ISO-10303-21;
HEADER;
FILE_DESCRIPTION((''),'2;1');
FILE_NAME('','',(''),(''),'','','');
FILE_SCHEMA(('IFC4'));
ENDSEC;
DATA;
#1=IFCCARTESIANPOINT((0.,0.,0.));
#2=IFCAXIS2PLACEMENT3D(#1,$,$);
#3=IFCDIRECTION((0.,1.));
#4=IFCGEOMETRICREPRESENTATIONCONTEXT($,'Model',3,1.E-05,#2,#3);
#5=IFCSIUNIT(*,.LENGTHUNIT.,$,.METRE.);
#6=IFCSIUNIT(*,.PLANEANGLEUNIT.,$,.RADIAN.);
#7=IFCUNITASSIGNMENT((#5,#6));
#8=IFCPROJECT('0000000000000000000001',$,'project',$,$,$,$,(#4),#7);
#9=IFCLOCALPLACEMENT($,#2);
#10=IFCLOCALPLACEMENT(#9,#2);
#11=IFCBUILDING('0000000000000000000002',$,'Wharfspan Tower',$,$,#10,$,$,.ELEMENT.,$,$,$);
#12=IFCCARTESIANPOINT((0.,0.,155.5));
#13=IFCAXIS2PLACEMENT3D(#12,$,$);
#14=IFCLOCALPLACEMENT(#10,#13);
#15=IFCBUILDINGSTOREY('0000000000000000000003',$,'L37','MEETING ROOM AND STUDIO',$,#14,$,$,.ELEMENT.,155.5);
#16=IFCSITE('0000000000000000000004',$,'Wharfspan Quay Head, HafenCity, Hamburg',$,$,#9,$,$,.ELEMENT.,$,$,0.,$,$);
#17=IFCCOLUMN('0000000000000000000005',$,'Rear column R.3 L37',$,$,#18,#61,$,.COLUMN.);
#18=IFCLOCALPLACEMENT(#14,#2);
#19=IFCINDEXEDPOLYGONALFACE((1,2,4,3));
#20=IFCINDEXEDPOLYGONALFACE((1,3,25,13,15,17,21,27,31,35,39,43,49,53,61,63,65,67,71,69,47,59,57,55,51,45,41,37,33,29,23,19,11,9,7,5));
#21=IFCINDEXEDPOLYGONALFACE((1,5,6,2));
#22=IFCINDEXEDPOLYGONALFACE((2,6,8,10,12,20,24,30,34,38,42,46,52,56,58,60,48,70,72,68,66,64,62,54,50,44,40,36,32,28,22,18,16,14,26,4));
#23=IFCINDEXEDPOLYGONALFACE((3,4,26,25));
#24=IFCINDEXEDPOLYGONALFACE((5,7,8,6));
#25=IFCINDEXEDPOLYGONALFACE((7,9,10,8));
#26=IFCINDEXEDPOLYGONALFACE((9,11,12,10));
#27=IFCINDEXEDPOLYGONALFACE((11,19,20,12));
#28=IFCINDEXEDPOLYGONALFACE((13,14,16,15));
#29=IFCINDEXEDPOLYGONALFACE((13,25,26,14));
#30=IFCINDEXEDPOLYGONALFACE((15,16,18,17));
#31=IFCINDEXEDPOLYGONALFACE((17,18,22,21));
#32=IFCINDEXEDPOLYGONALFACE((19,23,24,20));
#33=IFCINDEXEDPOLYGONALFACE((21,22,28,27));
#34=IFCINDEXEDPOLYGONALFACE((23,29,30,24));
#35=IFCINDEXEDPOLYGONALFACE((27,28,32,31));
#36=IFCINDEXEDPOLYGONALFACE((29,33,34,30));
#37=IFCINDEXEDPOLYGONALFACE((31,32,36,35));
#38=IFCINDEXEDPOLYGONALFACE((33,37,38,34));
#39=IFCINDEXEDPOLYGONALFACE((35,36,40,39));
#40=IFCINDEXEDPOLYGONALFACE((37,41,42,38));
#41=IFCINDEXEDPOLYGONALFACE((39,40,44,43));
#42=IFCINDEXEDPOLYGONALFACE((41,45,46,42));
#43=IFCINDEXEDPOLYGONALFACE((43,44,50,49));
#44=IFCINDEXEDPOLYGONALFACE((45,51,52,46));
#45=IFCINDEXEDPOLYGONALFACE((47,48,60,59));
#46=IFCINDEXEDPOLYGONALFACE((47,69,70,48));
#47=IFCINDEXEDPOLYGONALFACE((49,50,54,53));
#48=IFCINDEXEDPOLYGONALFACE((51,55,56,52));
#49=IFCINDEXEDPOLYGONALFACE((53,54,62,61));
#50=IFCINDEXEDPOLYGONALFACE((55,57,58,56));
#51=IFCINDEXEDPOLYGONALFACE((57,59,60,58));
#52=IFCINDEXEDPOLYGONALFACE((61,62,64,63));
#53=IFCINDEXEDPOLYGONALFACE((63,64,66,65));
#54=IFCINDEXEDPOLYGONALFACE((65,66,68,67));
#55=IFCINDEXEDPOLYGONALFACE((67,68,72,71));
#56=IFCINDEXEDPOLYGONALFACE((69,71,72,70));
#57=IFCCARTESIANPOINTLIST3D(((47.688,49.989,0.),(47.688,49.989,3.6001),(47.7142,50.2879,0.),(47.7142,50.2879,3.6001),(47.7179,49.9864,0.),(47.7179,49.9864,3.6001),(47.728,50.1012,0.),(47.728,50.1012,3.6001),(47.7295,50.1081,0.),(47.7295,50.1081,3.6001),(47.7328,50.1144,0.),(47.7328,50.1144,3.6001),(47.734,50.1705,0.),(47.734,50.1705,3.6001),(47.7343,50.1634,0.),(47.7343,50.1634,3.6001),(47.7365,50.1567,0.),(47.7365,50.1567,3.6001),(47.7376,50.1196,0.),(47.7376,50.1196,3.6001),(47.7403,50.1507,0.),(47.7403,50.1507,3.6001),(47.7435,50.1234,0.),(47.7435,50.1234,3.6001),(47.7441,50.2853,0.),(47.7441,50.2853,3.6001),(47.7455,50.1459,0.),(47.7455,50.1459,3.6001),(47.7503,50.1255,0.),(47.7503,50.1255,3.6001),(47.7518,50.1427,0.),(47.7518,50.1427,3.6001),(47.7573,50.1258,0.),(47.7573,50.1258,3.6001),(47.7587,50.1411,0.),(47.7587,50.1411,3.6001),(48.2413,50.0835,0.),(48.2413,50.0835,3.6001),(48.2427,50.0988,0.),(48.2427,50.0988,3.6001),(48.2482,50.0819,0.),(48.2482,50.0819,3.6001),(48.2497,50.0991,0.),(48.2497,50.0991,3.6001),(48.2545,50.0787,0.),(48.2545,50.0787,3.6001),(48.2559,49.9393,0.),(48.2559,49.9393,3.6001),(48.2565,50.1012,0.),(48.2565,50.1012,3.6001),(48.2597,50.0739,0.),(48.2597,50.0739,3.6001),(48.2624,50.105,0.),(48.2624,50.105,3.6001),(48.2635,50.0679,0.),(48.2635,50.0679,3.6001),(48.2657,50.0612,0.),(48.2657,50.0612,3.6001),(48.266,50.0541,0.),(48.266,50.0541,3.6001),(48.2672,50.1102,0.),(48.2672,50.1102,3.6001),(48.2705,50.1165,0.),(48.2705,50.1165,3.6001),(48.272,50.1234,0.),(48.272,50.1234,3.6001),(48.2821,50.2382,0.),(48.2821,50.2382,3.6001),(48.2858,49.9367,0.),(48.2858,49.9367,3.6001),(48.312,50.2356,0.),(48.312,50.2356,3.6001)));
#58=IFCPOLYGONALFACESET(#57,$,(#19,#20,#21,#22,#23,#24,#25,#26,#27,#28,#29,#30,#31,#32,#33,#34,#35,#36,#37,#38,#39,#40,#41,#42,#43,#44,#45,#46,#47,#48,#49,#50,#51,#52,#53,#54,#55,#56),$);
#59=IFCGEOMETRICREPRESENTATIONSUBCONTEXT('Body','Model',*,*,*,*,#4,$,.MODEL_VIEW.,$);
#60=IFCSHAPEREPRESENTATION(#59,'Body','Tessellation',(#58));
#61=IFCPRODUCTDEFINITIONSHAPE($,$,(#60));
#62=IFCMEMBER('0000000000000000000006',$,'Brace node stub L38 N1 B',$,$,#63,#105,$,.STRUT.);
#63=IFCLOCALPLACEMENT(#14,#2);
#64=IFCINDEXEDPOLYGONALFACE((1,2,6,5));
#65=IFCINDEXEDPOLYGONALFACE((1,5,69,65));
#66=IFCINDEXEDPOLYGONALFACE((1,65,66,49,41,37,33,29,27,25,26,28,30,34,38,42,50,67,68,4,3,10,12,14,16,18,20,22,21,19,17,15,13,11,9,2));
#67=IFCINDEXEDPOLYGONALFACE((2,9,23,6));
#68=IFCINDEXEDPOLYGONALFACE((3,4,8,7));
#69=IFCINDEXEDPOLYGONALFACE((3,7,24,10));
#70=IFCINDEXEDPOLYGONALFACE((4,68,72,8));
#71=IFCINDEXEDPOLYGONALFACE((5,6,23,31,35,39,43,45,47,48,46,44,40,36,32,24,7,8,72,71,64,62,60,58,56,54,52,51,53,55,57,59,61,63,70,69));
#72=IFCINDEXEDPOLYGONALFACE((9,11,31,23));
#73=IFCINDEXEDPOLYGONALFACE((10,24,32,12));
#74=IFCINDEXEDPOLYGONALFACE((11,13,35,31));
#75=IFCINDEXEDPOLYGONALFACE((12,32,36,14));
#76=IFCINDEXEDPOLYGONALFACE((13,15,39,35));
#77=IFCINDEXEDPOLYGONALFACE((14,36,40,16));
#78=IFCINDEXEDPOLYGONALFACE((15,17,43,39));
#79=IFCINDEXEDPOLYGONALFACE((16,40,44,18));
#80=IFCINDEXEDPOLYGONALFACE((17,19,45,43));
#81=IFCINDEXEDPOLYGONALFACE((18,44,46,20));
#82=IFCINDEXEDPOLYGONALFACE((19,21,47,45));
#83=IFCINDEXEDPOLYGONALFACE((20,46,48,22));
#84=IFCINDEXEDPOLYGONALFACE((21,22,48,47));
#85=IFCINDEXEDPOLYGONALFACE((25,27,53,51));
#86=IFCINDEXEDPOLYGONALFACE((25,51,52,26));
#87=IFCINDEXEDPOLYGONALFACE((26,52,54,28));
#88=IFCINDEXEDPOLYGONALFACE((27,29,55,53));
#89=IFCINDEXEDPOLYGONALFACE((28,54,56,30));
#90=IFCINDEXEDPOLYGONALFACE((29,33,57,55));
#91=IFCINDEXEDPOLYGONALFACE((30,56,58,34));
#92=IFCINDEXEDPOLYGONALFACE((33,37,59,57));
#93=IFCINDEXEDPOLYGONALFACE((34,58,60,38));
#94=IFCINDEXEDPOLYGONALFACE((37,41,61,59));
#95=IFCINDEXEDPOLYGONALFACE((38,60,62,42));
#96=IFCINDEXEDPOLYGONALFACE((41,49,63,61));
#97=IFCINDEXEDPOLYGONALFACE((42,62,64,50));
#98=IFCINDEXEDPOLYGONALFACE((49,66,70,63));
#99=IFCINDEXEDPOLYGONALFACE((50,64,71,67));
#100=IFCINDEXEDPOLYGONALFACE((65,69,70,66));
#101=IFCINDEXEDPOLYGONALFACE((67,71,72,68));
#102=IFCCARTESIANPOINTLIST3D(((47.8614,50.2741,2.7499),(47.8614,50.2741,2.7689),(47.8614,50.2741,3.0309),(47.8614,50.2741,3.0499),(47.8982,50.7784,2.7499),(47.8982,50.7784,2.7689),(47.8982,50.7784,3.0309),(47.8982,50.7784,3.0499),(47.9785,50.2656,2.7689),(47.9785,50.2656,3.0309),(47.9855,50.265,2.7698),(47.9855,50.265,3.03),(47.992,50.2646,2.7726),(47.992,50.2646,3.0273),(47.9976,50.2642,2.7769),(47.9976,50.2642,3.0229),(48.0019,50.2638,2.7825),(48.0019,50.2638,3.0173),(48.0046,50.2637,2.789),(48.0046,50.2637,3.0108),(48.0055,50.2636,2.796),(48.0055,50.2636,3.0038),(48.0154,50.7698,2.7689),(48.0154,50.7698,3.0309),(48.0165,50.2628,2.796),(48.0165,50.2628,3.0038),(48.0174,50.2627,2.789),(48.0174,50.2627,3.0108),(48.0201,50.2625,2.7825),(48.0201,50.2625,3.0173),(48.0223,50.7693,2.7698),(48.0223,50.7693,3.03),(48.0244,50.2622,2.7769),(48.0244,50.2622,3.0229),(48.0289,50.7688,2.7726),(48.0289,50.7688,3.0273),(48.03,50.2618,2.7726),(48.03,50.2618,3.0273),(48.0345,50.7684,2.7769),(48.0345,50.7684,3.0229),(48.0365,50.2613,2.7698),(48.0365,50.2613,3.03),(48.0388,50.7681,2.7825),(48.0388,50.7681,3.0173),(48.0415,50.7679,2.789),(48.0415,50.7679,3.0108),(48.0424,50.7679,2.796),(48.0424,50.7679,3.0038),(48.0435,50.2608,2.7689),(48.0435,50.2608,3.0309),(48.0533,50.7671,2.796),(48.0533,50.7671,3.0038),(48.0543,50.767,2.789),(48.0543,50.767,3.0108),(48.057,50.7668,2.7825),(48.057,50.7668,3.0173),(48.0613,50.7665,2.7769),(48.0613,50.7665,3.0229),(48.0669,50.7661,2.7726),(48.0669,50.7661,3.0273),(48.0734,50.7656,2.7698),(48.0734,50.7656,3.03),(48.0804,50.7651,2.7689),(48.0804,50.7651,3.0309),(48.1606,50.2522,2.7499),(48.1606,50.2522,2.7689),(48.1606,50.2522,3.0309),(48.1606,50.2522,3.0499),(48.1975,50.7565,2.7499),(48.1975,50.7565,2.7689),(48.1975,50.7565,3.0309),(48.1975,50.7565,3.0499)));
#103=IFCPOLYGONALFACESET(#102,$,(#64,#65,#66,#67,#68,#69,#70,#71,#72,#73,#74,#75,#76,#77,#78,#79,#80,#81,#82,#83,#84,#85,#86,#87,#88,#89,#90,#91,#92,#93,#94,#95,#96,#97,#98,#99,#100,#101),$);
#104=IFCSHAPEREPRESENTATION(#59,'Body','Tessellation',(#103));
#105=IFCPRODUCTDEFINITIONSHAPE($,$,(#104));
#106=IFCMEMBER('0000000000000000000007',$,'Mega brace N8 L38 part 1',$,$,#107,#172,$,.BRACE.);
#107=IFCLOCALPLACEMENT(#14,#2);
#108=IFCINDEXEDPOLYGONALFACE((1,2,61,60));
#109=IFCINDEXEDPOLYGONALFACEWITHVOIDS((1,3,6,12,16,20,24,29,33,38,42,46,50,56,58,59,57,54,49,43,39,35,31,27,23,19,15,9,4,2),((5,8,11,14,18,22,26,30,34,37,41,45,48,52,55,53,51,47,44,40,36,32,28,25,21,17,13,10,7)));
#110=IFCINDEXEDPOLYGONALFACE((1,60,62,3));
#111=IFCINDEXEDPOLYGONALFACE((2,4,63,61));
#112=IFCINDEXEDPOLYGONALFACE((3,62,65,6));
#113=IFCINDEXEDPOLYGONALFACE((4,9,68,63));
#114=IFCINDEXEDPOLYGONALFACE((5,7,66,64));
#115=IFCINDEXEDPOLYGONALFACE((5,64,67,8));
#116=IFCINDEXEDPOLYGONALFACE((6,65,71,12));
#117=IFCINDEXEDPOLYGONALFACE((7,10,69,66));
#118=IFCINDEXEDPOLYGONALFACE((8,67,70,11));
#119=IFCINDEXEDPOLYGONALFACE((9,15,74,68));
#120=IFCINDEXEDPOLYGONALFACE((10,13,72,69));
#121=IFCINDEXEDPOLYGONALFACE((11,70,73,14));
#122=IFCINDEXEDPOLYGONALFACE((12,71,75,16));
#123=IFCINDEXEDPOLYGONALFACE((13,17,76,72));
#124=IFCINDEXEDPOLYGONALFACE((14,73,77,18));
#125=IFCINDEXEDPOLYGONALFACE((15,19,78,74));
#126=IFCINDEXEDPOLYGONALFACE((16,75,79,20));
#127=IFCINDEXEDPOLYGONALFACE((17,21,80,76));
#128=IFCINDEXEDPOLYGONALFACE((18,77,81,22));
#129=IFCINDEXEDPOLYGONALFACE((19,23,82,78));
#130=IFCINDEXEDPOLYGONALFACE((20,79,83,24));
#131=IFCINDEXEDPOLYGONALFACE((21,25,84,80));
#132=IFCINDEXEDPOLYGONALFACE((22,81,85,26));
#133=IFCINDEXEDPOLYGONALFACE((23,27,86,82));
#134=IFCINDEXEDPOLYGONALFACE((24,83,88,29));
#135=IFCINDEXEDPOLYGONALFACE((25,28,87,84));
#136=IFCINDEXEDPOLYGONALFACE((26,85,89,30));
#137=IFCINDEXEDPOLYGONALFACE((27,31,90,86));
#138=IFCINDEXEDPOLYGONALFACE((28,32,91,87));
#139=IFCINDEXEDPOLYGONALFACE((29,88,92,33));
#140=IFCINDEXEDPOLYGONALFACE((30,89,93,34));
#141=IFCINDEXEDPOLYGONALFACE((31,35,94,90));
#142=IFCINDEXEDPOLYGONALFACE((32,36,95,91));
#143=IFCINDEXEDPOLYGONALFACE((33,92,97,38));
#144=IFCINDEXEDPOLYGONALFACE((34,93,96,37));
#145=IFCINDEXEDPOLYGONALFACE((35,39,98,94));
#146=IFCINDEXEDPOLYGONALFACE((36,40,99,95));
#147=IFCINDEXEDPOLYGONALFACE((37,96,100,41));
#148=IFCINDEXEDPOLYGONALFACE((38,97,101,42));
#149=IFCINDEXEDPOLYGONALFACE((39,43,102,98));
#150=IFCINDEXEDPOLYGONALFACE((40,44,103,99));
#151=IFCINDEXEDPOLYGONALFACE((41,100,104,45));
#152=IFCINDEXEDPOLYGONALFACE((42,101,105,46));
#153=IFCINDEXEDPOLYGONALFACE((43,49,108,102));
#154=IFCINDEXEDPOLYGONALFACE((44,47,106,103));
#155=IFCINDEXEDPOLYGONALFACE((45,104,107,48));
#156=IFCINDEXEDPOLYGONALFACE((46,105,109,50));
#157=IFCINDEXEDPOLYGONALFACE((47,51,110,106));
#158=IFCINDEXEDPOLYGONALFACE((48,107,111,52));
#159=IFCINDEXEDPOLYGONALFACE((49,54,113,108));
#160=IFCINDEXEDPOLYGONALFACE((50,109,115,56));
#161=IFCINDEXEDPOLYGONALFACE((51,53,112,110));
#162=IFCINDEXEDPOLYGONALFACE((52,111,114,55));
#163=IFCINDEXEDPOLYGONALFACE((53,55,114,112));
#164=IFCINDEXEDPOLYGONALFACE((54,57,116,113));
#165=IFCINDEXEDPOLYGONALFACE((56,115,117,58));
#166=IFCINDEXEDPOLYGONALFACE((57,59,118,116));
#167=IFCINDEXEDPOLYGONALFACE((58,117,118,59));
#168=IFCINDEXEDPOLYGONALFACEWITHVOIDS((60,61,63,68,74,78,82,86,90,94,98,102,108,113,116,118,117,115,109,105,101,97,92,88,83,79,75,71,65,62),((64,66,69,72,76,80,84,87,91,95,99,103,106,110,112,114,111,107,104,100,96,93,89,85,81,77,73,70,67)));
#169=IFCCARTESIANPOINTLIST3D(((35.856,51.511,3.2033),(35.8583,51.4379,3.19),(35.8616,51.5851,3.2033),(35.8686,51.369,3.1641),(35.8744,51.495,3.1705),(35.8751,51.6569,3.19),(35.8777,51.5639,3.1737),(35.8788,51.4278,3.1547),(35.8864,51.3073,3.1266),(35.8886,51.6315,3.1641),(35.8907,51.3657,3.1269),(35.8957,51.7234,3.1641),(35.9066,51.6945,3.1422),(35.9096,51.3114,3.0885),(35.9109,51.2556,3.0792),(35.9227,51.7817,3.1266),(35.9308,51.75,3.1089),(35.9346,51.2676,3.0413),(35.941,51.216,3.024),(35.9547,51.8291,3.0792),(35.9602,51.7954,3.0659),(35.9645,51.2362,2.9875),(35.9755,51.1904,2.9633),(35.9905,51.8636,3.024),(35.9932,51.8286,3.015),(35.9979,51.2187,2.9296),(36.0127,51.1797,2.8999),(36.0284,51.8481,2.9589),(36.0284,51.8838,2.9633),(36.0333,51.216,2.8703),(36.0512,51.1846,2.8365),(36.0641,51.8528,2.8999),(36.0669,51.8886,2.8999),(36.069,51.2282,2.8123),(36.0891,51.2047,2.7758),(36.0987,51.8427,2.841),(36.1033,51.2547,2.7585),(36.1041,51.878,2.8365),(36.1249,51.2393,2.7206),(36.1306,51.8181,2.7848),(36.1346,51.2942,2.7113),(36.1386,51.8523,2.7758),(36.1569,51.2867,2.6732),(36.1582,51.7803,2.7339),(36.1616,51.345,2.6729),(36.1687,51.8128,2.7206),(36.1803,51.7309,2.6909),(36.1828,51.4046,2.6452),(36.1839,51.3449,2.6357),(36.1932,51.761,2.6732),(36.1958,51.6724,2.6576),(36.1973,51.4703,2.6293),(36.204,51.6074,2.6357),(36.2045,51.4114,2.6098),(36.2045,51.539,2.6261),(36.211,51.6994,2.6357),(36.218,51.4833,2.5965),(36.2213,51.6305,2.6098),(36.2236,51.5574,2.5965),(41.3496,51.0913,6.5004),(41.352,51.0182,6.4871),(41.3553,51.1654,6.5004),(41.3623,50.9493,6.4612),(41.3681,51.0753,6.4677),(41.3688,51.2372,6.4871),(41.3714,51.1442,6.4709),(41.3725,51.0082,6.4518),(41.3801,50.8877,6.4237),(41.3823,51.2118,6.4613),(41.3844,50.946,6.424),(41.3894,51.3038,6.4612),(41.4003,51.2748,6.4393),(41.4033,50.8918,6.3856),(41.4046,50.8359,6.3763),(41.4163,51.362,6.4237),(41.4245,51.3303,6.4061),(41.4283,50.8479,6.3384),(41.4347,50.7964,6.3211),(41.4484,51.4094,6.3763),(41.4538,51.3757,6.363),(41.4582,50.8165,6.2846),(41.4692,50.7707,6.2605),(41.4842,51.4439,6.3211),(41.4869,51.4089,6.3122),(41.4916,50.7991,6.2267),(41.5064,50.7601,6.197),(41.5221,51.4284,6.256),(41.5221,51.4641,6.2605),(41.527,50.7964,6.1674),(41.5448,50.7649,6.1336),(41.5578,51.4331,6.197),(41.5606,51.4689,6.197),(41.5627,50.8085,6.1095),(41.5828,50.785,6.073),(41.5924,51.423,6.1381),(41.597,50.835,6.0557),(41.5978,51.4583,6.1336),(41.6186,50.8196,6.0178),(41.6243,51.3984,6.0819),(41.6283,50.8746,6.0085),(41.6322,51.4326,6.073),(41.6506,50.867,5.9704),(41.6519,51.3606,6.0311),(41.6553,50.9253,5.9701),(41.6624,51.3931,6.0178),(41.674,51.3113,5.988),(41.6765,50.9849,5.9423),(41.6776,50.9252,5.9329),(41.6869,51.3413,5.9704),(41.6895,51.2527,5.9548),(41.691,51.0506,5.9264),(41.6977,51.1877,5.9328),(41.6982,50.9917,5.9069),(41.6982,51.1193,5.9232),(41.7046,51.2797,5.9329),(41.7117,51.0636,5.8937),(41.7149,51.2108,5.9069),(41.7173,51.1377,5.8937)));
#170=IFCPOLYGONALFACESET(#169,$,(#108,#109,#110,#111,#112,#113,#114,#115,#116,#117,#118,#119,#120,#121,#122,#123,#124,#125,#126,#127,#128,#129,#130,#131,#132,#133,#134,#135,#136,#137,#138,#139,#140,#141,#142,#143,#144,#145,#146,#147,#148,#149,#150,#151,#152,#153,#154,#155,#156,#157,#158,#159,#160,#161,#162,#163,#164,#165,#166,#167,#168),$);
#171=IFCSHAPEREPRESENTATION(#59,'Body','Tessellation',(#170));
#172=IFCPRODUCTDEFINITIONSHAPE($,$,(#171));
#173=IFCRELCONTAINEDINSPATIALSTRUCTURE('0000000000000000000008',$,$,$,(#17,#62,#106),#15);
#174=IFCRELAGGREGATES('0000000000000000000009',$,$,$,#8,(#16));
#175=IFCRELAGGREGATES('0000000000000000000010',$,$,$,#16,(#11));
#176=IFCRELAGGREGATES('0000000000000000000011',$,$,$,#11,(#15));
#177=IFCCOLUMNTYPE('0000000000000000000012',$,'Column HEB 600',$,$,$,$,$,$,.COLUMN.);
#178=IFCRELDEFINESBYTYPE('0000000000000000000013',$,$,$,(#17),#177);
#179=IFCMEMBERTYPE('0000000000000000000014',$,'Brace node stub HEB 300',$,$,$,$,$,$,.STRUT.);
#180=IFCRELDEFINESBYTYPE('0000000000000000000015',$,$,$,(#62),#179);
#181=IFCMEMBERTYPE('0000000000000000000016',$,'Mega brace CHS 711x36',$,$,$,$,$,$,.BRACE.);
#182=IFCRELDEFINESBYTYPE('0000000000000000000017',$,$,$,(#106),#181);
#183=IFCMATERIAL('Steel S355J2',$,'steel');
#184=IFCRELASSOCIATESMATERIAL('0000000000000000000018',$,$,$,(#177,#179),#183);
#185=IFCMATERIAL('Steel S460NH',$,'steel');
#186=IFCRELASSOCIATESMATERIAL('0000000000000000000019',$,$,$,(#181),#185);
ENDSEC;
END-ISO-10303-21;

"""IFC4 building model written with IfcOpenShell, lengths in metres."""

from ifc_helpers import new_model, si_unit, direction, frame, origin, origin_2d, place, context, subcontext, project, spatial, hollow_circle, i_section, extrude, material, material_profile, profile_set, type_object, element, save


model = new_model("IFC4")

# Units and contexts
model_context = context("Model", 3, precision=1e-05, world=origin(), true_north=direction((0.0, 1.0)))
body_context = subcontext(model_context, "Body", "Model", "MODEL_VIEW")
ifc_project = project(units=[si_unit("LENGTHUNIT", "METRE"), si_unit("PLANEANGLEUNIT", "RADIAN")], contexts=[model_context])

# Site, building, storey
site_placement = place(None, origin())
site = spatial("IfcSite", under=ifc_project, at=site_placement, Name="Wharfspan Quay Head, HafenCity, Hamburg", CompositionType="ELEMENT", RefElevation=0.0)
building_placement = place(site_placement, origin())
building = spatial("IfcBuilding", under=site, at=building_placement, Name="Wharfspan Tower", CompositionType="ELEMENT")
storey_placement = place(building_placement, frame((0.0, 0.0, 155.5)))
storey = spatial("IfcBuildingStorey", under=building, at=storey_placement, Name="L37", Description="MEETING ROOM AND STUDIO", CompositionType="ELEMENT", Elevation=155.5)

# Column
ifc_material_1 = material(Name="Steel S355J2", Category="steel")
ifc_material_profile_1 = material_profile(ifc_material_1, i_section(OverallWidth=0.3, OverallDepth=0.6001, WebThickness=0.0154, FlangeThickness=0.03, FilletRadius=0.0271, at=origin_2d()))
ifc_profile_set_1 = profile_set([ifc_material_profile_1], Name="Steel S355J2")
column_type = type_object("IfcColumnType", Name="Column HEB 600", PredefinedType="COLUMN", material=ifc_profile_set_1)
column_placement = place(storey_placement, frame((48.0, 50.1123, 0.0), z_axis=(0.0, 0.0, 1.0), x_axis=(0.087156, 0.996198, 0.0)))
element("IfcColumn", 1, at=column_placement, inside=storey, type_object=column_type, Name="Rear column R.3 L37", PredefinedType="COLUMN", context=body_context, shape_type="SweptSolid", body=[
    extrude(i_section(OverallWidth=0.3, OverallDepth=0.6001, WebThickness=0.0154, FlangeThickness=0.03, FilletRadius=0.0271, at=origin_2d()), origin(), (0.0, 0.0, 1.0), 3.6001),
])

# Members
ifc_material_profile_2 = material_profile(ifc_material_1, i_section(OverallWidth=0.3, OverallDepth=0.3, WebThickness=0.011, FlangeThickness=0.019, FilletRadius=0.0271, at=origin_2d()))
ifc_profile_set_2 = profile_set([ifc_material_profile_2], Name="Steel S355J2")
member_type_1 = type_object("IfcMemberType", Name="Brace node stub HEB 300", PredefinedType="STRUT", material=ifc_profile_set_2)
member_placement = place(storey_placement, frame((48.011, 50.2632, 2.8999), z_axis=(0.072929, 0.997337, 0.0), x_axis=(-0.997337, 0.072929, 0.0)))
element("IfcMember", 2, at=member_placement, inside=storey, type_object=member_type_1, Name="Brace node stub L38 N1 B", PredefinedType="STRUT", context=body_context, shape_type="SweptSolid", body=[
    extrude(i_section(OverallWidth=0.3, OverallDepth=0.3, WebThickness=0.011, FlangeThickness=0.019, FilletRadius=0.0271, at=origin_2d()), origin(), (0.0, 0.0, 1.0), 0.5056),
])
ifc_material_2 = material(Name="Steel S460NH", Category="steel")
ifc_material_profile_3 = material_profile(ifc_material_2, hollow_circle(Radius=0.3555, WallThickness=0.0359, at=origin_2d()))
ifc_profile_set_3 = profile_set([ifc_material_profile_3], Name="Steel S460NH")
member_type_2 = type_object("IfcMemberType", Name="Mega brace CHS 711x36", PredefinedType="BRACE", material=ifc_profile_set_3)
for number, where, z_axis, x_axis, name in (
    (3, (36.0398, 51.5342, 2.8999), (0.855596, -0.065362, 0.513502), (0.076171, 0.997095, 0.000001), "Mega brace N8 L38 part 1"),
):
    element("IfcMember", number, at=place(storey_placement, frame(where, z_axis=z_axis, x_axis=x_axis)), inside=storey, type_object=member_type_2, Name=name, PredefinedType="BRACE", context=body_context, shape_type="SweptSolid", body=[
        extrude(hollow_circle(Radius=0.3555, WallThickness=0.0359, at=origin_2d()), origin(), (0.0, 0.0, 1.0), 6.4209),
    ])

save(model, "model.ifc")
